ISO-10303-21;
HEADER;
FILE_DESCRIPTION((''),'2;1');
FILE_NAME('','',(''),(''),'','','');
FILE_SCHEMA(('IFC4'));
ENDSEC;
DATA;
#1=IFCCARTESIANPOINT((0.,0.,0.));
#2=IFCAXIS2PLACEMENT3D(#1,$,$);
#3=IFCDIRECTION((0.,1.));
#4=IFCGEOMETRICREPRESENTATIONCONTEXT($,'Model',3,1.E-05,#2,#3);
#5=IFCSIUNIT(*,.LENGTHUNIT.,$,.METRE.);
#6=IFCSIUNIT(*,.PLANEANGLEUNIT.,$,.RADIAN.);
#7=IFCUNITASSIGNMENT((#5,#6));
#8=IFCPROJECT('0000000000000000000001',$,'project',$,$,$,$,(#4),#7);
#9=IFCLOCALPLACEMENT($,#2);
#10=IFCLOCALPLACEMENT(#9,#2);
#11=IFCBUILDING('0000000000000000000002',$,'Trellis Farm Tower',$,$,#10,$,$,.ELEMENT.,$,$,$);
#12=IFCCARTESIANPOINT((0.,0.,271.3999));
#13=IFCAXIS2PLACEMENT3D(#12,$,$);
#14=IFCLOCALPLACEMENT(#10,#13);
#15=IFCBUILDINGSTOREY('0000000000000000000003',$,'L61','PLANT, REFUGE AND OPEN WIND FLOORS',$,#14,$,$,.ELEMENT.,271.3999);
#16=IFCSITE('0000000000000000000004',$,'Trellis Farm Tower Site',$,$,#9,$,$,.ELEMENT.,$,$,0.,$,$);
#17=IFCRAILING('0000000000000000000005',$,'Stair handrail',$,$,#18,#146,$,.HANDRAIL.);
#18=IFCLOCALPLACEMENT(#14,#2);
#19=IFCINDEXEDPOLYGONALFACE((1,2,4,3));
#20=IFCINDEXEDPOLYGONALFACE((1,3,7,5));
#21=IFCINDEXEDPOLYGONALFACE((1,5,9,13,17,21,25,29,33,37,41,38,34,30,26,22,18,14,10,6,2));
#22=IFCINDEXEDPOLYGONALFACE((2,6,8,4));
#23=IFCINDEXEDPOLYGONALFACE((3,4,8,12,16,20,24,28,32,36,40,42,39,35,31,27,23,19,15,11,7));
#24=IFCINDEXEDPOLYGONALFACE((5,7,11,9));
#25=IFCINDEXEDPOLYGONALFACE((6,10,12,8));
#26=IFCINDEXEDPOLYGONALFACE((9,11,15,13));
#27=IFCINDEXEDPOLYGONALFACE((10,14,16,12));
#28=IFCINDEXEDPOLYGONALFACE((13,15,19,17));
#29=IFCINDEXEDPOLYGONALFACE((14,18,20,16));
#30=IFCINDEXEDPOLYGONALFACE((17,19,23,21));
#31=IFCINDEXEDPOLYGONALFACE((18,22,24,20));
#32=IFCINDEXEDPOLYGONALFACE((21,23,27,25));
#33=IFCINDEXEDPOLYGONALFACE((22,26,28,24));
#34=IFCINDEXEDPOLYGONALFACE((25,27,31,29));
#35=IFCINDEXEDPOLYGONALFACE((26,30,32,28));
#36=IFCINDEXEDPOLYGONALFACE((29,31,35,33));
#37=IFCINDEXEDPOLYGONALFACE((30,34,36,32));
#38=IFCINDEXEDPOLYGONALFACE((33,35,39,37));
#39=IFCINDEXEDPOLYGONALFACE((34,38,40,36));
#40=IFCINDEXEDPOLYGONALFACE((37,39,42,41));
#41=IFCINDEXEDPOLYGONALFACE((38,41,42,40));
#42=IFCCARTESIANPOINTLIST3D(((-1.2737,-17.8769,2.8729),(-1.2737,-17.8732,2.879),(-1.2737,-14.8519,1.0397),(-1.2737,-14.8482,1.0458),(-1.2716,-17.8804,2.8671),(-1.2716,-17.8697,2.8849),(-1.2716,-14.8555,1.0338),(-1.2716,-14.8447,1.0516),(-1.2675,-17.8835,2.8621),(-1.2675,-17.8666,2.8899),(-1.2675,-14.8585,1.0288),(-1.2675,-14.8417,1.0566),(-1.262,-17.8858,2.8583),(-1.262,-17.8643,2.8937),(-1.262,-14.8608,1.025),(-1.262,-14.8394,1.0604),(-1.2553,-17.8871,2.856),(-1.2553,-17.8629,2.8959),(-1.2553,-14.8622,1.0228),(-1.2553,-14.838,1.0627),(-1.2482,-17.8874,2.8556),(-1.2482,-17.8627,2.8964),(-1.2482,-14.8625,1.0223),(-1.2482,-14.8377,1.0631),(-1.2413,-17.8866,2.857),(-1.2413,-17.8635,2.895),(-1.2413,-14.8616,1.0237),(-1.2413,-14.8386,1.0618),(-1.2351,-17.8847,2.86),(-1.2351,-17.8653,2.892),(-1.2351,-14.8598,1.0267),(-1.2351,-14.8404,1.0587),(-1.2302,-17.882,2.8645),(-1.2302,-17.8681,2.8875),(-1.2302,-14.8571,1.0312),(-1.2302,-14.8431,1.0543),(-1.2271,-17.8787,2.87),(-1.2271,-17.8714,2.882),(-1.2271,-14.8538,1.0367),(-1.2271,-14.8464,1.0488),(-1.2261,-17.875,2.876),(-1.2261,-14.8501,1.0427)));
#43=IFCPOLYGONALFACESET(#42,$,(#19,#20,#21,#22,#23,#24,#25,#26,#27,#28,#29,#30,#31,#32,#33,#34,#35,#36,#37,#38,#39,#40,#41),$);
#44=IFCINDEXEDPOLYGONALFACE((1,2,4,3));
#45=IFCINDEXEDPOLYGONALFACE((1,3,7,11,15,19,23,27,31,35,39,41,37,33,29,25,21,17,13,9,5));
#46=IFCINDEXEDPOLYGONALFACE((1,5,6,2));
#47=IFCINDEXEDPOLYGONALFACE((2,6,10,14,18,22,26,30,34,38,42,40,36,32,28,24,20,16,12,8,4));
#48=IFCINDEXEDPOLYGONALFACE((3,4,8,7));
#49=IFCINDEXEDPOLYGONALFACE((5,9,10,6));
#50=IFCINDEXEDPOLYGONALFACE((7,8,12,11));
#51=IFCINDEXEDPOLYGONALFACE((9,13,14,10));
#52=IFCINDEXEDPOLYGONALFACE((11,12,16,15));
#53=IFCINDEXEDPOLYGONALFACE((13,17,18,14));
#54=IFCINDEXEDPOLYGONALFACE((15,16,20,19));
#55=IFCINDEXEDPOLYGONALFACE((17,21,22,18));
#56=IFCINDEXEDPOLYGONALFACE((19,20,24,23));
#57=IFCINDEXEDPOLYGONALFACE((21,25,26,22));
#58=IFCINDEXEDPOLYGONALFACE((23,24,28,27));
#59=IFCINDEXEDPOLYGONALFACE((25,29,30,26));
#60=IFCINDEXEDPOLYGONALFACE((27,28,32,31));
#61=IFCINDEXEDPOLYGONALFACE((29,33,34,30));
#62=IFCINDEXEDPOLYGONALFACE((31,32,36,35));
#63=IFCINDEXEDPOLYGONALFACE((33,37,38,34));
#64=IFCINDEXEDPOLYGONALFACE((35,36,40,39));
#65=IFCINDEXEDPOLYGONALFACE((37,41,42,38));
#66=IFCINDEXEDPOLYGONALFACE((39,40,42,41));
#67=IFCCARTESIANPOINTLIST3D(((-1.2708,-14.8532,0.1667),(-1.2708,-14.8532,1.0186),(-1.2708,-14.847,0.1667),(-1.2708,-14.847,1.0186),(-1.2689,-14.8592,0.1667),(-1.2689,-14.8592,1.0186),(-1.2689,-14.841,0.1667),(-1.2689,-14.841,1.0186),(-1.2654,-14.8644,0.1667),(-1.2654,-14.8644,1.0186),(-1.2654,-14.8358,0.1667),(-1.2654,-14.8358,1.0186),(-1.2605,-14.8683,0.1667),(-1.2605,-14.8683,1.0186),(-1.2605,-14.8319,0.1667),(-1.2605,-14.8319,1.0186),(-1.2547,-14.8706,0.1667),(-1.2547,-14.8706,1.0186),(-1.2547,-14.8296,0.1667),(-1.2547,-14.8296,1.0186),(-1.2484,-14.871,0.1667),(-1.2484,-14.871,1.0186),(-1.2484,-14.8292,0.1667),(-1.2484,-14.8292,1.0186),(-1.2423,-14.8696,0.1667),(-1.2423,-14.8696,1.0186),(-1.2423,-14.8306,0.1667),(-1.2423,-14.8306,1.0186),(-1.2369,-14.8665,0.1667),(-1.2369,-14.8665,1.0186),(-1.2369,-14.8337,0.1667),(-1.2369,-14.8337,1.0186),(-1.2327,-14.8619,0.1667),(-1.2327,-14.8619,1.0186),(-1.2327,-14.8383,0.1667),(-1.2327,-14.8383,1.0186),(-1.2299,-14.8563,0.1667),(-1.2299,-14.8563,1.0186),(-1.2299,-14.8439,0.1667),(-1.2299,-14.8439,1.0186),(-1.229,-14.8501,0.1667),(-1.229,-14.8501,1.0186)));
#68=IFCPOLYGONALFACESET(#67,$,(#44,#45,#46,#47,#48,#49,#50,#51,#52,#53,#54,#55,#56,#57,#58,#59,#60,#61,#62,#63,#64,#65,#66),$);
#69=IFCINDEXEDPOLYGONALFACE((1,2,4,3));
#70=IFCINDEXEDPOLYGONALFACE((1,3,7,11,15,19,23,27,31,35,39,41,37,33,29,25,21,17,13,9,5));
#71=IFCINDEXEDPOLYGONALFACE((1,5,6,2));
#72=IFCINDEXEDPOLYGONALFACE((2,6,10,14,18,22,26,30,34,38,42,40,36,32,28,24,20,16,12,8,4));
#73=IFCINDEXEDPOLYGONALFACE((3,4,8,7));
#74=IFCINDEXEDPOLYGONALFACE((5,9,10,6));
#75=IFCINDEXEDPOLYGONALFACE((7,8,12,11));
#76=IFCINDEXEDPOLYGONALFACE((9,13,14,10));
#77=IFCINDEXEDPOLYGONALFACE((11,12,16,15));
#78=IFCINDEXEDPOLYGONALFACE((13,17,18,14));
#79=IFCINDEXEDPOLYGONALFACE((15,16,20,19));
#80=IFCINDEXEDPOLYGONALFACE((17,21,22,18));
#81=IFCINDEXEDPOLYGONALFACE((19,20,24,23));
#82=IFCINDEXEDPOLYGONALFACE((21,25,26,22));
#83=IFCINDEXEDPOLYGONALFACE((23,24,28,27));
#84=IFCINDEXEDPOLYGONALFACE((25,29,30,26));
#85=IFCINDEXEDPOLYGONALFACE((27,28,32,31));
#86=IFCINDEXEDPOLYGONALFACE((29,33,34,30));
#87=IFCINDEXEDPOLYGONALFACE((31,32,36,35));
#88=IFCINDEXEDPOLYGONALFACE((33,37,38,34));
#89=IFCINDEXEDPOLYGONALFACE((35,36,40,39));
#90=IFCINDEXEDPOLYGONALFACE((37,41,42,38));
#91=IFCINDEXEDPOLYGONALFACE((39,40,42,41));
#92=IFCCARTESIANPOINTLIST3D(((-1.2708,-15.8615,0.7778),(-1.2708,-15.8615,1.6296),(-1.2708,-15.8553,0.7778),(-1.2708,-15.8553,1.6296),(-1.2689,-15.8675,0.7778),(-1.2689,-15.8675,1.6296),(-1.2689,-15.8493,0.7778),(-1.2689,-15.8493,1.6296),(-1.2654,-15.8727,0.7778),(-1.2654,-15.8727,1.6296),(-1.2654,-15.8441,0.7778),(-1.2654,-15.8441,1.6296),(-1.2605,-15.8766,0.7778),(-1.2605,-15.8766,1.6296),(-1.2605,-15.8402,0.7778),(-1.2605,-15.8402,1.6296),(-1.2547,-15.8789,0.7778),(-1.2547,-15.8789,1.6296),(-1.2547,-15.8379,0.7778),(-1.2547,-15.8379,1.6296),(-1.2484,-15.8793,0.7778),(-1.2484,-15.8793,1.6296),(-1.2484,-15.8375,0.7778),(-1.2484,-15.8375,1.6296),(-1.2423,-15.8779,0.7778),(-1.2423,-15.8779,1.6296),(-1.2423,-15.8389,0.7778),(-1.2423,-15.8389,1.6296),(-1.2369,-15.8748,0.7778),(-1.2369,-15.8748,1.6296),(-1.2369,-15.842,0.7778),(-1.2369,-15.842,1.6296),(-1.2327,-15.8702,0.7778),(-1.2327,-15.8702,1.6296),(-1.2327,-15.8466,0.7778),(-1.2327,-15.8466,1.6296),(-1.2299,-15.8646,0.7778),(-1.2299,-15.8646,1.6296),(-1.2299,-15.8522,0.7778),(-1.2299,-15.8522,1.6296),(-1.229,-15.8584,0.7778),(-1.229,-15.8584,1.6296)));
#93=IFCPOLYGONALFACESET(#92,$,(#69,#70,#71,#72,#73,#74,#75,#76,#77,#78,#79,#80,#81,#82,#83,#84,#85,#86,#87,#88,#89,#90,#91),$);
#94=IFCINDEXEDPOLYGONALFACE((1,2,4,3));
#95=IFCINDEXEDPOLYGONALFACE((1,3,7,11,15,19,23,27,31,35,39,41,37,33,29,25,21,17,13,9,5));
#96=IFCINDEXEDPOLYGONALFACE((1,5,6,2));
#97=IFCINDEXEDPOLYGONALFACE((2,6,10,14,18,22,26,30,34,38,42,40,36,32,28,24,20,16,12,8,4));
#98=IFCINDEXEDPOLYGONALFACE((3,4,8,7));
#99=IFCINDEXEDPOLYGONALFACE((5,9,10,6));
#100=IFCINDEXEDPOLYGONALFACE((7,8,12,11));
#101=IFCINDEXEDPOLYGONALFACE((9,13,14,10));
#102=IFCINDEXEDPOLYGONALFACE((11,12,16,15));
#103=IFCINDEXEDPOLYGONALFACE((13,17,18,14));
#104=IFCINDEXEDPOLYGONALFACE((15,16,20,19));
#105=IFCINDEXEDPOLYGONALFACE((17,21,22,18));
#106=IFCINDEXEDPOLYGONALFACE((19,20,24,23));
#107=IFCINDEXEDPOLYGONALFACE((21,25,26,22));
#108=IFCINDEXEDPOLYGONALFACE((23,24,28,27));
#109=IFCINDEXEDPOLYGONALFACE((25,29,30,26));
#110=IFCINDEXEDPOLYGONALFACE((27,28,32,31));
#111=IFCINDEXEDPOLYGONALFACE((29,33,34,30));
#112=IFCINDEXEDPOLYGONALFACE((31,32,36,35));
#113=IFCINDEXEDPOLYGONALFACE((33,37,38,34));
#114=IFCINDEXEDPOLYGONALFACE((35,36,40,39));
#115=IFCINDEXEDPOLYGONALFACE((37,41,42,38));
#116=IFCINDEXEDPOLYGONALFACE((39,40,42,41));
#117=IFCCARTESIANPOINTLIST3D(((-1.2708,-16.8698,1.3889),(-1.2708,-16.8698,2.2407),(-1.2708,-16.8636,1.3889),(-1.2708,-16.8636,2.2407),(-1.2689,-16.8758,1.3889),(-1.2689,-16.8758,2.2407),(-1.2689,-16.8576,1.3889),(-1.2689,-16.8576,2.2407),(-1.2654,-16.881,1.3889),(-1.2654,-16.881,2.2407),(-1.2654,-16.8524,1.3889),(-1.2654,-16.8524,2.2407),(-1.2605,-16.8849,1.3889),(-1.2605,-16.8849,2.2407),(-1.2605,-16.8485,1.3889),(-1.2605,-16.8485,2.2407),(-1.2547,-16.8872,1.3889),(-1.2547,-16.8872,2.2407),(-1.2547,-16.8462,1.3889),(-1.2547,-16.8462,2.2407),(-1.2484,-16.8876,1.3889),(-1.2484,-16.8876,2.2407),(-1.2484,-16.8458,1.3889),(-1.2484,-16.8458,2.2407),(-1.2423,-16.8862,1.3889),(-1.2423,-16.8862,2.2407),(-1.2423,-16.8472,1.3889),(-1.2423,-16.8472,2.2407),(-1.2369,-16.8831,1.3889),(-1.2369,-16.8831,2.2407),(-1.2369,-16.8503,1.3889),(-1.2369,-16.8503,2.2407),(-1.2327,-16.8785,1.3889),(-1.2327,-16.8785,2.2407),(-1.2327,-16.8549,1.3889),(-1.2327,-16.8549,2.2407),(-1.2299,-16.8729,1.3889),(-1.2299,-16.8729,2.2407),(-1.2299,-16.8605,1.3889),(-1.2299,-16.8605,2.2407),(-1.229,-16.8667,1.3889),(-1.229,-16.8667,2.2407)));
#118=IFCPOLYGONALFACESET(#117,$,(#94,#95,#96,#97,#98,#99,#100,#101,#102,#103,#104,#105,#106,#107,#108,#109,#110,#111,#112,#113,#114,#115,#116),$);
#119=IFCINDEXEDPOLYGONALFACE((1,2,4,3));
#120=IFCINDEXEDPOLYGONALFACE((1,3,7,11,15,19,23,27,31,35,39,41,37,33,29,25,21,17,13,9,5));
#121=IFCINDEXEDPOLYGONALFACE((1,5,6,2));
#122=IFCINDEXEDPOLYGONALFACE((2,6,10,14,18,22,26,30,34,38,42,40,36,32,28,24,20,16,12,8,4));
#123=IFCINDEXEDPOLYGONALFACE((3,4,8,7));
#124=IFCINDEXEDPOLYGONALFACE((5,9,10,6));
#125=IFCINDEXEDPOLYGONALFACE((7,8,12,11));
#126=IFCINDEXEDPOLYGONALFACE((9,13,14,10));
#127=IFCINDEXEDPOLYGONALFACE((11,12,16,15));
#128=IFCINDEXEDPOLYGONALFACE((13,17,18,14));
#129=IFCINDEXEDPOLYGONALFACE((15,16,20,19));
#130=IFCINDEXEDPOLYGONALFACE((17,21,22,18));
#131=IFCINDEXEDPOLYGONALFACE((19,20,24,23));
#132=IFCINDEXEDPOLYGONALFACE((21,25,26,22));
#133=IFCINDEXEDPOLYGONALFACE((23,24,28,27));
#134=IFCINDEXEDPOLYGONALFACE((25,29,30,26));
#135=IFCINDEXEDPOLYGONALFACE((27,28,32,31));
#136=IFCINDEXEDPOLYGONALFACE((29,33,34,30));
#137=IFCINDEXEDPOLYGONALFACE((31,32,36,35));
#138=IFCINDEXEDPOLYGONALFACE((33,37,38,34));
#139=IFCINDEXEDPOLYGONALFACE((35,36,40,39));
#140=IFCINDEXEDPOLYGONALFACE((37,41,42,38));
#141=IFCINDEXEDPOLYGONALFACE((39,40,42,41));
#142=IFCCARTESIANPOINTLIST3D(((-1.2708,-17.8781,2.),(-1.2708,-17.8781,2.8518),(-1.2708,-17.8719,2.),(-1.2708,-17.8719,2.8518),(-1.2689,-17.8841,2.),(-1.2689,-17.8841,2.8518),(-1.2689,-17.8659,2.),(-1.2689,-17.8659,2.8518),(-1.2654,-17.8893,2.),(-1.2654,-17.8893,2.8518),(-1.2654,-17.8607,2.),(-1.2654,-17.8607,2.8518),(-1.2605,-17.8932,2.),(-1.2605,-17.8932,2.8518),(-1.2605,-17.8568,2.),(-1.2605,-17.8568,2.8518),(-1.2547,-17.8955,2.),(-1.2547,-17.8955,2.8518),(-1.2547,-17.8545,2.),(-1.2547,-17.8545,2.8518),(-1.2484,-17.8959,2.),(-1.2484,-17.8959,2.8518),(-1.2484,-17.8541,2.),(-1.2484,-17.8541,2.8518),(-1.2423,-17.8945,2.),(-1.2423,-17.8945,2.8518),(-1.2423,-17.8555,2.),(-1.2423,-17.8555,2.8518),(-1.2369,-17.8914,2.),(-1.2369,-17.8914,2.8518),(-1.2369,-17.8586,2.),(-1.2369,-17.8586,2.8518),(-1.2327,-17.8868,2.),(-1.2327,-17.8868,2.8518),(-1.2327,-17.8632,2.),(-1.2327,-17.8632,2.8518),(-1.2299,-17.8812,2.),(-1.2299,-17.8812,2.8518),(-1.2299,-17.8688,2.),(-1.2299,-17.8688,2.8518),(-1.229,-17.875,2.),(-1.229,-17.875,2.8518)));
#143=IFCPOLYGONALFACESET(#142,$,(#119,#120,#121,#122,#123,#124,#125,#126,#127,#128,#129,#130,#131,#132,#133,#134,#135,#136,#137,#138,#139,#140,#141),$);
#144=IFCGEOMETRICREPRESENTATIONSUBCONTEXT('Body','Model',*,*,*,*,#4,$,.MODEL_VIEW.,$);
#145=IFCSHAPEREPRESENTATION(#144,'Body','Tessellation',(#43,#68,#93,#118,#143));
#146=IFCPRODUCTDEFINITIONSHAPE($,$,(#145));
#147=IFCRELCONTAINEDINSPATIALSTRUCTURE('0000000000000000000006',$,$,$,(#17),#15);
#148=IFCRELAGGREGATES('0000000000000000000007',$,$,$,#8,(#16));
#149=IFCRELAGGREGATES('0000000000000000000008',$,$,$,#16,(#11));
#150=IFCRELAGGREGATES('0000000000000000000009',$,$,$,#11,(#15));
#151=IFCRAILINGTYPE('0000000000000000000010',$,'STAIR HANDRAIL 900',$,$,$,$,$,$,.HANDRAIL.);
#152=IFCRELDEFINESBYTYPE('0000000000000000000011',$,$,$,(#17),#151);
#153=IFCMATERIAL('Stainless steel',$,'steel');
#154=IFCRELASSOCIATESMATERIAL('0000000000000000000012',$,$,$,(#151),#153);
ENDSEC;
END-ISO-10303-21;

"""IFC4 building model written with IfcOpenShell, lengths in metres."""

from ifc_helpers import new_model, si_unit, direction, frame, origin, origin_2d, place, context, subcontext, project, spatial, circle, extrude, source, transform, mapped, material, type_object, element, save


model = new_model("IFC4")

# Units and contexts
model_context = context("Model", 3, precision=1e-05, world=origin(), true_north=direction((0.0, 1.0)))
body_context = subcontext(model_context, "Body", "Model", "MODEL_VIEW")
ifc_project = project(units=[si_unit("LENGTHUNIT", "METRE"), si_unit("PLANEANGLEUNIT", "RADIAN")], contexts=[model_context])

# Site, building, storey
site_placement = place(None, origin())
site = spatial("IfcSite", under=ifc_project, at=site_placement, Name="Trellis Farm Tower Site", CompositionType="ELEMENT", RefElevation=0.0)
building_placement = place(site_placement, origin())
building = spatial("IfcBuilding", under=site, at=building_placement, Name="Trellis Farm Tower", CompositionType="ELEMENT")
storey_placement = place(building_placement, frame((0.0, 0.0, 271.3999)))
storey = spatial("IfcBuildingStorey", under=building, at=storey_placement, Name="L61", Description="PLANT, REFUGE AND OPEN WIND FLOORS", CompositionType="ELEMENT", Elevation=271.3999)

# Railing
ifc_material_1 = material(Name="Stainless steel", Category="steel")
railing_type_1 = type_object("IfcRailingType", Name="STAIR HANDRAIL 900", PredefinedType="HANDRAIL", material=ifc_material_1)
shared_shape_1 = source(origin(), body_context, "Body", "SweptSolid", [
    extrude(circle(Radius=0.0239, at=origin_2d()), frame((0.0, 0.0, 0.876), z_axis=(0.0, -0.855201, 0.518297), x_axis=(1.0, 0.0, 0.0)), (0.0, 0.0, 1.0), 3.5371),
    extrude(circle(Radius=0.021, at=origin_2d()), origin(), (0.0, 0.0, 1.0), 0.8518),
    extrude(circle(Radius=0.021, at=origin_2d()), frame((0.0, -1.0083, 0.6111)), (0.0, 0.0, 1.0), 0.8518),
    extrude(circle(Radius=0.021, at=origin_2d()), frame((0.0, -2.0166, 1.2222)), (0.0, 0.0, 1.0), 0.8518),
    extrude(circle(Radius=0.021, at=origin_2d()), frame((0.0, -3.0249, 1.8333)), (0.0, 0.0, 1.0), 0.8518),
])
for number, where, name in (
    (1, (-1.25, -14.8501, 0.1667), "Stair handrail"),
):
    element("IfcRailing", number, at=place(storey_placement, frame(where)), inside=storey, type_object=railing_type_1, Name=name, PredefinedType="HANDRAIL", context=body_context, shape_type="MappedRepresentation", body=[
        mapped(shared_shape_1, transform((0.0, 0.0, 0.0))),
    ])

save(model, "model.ifc")
